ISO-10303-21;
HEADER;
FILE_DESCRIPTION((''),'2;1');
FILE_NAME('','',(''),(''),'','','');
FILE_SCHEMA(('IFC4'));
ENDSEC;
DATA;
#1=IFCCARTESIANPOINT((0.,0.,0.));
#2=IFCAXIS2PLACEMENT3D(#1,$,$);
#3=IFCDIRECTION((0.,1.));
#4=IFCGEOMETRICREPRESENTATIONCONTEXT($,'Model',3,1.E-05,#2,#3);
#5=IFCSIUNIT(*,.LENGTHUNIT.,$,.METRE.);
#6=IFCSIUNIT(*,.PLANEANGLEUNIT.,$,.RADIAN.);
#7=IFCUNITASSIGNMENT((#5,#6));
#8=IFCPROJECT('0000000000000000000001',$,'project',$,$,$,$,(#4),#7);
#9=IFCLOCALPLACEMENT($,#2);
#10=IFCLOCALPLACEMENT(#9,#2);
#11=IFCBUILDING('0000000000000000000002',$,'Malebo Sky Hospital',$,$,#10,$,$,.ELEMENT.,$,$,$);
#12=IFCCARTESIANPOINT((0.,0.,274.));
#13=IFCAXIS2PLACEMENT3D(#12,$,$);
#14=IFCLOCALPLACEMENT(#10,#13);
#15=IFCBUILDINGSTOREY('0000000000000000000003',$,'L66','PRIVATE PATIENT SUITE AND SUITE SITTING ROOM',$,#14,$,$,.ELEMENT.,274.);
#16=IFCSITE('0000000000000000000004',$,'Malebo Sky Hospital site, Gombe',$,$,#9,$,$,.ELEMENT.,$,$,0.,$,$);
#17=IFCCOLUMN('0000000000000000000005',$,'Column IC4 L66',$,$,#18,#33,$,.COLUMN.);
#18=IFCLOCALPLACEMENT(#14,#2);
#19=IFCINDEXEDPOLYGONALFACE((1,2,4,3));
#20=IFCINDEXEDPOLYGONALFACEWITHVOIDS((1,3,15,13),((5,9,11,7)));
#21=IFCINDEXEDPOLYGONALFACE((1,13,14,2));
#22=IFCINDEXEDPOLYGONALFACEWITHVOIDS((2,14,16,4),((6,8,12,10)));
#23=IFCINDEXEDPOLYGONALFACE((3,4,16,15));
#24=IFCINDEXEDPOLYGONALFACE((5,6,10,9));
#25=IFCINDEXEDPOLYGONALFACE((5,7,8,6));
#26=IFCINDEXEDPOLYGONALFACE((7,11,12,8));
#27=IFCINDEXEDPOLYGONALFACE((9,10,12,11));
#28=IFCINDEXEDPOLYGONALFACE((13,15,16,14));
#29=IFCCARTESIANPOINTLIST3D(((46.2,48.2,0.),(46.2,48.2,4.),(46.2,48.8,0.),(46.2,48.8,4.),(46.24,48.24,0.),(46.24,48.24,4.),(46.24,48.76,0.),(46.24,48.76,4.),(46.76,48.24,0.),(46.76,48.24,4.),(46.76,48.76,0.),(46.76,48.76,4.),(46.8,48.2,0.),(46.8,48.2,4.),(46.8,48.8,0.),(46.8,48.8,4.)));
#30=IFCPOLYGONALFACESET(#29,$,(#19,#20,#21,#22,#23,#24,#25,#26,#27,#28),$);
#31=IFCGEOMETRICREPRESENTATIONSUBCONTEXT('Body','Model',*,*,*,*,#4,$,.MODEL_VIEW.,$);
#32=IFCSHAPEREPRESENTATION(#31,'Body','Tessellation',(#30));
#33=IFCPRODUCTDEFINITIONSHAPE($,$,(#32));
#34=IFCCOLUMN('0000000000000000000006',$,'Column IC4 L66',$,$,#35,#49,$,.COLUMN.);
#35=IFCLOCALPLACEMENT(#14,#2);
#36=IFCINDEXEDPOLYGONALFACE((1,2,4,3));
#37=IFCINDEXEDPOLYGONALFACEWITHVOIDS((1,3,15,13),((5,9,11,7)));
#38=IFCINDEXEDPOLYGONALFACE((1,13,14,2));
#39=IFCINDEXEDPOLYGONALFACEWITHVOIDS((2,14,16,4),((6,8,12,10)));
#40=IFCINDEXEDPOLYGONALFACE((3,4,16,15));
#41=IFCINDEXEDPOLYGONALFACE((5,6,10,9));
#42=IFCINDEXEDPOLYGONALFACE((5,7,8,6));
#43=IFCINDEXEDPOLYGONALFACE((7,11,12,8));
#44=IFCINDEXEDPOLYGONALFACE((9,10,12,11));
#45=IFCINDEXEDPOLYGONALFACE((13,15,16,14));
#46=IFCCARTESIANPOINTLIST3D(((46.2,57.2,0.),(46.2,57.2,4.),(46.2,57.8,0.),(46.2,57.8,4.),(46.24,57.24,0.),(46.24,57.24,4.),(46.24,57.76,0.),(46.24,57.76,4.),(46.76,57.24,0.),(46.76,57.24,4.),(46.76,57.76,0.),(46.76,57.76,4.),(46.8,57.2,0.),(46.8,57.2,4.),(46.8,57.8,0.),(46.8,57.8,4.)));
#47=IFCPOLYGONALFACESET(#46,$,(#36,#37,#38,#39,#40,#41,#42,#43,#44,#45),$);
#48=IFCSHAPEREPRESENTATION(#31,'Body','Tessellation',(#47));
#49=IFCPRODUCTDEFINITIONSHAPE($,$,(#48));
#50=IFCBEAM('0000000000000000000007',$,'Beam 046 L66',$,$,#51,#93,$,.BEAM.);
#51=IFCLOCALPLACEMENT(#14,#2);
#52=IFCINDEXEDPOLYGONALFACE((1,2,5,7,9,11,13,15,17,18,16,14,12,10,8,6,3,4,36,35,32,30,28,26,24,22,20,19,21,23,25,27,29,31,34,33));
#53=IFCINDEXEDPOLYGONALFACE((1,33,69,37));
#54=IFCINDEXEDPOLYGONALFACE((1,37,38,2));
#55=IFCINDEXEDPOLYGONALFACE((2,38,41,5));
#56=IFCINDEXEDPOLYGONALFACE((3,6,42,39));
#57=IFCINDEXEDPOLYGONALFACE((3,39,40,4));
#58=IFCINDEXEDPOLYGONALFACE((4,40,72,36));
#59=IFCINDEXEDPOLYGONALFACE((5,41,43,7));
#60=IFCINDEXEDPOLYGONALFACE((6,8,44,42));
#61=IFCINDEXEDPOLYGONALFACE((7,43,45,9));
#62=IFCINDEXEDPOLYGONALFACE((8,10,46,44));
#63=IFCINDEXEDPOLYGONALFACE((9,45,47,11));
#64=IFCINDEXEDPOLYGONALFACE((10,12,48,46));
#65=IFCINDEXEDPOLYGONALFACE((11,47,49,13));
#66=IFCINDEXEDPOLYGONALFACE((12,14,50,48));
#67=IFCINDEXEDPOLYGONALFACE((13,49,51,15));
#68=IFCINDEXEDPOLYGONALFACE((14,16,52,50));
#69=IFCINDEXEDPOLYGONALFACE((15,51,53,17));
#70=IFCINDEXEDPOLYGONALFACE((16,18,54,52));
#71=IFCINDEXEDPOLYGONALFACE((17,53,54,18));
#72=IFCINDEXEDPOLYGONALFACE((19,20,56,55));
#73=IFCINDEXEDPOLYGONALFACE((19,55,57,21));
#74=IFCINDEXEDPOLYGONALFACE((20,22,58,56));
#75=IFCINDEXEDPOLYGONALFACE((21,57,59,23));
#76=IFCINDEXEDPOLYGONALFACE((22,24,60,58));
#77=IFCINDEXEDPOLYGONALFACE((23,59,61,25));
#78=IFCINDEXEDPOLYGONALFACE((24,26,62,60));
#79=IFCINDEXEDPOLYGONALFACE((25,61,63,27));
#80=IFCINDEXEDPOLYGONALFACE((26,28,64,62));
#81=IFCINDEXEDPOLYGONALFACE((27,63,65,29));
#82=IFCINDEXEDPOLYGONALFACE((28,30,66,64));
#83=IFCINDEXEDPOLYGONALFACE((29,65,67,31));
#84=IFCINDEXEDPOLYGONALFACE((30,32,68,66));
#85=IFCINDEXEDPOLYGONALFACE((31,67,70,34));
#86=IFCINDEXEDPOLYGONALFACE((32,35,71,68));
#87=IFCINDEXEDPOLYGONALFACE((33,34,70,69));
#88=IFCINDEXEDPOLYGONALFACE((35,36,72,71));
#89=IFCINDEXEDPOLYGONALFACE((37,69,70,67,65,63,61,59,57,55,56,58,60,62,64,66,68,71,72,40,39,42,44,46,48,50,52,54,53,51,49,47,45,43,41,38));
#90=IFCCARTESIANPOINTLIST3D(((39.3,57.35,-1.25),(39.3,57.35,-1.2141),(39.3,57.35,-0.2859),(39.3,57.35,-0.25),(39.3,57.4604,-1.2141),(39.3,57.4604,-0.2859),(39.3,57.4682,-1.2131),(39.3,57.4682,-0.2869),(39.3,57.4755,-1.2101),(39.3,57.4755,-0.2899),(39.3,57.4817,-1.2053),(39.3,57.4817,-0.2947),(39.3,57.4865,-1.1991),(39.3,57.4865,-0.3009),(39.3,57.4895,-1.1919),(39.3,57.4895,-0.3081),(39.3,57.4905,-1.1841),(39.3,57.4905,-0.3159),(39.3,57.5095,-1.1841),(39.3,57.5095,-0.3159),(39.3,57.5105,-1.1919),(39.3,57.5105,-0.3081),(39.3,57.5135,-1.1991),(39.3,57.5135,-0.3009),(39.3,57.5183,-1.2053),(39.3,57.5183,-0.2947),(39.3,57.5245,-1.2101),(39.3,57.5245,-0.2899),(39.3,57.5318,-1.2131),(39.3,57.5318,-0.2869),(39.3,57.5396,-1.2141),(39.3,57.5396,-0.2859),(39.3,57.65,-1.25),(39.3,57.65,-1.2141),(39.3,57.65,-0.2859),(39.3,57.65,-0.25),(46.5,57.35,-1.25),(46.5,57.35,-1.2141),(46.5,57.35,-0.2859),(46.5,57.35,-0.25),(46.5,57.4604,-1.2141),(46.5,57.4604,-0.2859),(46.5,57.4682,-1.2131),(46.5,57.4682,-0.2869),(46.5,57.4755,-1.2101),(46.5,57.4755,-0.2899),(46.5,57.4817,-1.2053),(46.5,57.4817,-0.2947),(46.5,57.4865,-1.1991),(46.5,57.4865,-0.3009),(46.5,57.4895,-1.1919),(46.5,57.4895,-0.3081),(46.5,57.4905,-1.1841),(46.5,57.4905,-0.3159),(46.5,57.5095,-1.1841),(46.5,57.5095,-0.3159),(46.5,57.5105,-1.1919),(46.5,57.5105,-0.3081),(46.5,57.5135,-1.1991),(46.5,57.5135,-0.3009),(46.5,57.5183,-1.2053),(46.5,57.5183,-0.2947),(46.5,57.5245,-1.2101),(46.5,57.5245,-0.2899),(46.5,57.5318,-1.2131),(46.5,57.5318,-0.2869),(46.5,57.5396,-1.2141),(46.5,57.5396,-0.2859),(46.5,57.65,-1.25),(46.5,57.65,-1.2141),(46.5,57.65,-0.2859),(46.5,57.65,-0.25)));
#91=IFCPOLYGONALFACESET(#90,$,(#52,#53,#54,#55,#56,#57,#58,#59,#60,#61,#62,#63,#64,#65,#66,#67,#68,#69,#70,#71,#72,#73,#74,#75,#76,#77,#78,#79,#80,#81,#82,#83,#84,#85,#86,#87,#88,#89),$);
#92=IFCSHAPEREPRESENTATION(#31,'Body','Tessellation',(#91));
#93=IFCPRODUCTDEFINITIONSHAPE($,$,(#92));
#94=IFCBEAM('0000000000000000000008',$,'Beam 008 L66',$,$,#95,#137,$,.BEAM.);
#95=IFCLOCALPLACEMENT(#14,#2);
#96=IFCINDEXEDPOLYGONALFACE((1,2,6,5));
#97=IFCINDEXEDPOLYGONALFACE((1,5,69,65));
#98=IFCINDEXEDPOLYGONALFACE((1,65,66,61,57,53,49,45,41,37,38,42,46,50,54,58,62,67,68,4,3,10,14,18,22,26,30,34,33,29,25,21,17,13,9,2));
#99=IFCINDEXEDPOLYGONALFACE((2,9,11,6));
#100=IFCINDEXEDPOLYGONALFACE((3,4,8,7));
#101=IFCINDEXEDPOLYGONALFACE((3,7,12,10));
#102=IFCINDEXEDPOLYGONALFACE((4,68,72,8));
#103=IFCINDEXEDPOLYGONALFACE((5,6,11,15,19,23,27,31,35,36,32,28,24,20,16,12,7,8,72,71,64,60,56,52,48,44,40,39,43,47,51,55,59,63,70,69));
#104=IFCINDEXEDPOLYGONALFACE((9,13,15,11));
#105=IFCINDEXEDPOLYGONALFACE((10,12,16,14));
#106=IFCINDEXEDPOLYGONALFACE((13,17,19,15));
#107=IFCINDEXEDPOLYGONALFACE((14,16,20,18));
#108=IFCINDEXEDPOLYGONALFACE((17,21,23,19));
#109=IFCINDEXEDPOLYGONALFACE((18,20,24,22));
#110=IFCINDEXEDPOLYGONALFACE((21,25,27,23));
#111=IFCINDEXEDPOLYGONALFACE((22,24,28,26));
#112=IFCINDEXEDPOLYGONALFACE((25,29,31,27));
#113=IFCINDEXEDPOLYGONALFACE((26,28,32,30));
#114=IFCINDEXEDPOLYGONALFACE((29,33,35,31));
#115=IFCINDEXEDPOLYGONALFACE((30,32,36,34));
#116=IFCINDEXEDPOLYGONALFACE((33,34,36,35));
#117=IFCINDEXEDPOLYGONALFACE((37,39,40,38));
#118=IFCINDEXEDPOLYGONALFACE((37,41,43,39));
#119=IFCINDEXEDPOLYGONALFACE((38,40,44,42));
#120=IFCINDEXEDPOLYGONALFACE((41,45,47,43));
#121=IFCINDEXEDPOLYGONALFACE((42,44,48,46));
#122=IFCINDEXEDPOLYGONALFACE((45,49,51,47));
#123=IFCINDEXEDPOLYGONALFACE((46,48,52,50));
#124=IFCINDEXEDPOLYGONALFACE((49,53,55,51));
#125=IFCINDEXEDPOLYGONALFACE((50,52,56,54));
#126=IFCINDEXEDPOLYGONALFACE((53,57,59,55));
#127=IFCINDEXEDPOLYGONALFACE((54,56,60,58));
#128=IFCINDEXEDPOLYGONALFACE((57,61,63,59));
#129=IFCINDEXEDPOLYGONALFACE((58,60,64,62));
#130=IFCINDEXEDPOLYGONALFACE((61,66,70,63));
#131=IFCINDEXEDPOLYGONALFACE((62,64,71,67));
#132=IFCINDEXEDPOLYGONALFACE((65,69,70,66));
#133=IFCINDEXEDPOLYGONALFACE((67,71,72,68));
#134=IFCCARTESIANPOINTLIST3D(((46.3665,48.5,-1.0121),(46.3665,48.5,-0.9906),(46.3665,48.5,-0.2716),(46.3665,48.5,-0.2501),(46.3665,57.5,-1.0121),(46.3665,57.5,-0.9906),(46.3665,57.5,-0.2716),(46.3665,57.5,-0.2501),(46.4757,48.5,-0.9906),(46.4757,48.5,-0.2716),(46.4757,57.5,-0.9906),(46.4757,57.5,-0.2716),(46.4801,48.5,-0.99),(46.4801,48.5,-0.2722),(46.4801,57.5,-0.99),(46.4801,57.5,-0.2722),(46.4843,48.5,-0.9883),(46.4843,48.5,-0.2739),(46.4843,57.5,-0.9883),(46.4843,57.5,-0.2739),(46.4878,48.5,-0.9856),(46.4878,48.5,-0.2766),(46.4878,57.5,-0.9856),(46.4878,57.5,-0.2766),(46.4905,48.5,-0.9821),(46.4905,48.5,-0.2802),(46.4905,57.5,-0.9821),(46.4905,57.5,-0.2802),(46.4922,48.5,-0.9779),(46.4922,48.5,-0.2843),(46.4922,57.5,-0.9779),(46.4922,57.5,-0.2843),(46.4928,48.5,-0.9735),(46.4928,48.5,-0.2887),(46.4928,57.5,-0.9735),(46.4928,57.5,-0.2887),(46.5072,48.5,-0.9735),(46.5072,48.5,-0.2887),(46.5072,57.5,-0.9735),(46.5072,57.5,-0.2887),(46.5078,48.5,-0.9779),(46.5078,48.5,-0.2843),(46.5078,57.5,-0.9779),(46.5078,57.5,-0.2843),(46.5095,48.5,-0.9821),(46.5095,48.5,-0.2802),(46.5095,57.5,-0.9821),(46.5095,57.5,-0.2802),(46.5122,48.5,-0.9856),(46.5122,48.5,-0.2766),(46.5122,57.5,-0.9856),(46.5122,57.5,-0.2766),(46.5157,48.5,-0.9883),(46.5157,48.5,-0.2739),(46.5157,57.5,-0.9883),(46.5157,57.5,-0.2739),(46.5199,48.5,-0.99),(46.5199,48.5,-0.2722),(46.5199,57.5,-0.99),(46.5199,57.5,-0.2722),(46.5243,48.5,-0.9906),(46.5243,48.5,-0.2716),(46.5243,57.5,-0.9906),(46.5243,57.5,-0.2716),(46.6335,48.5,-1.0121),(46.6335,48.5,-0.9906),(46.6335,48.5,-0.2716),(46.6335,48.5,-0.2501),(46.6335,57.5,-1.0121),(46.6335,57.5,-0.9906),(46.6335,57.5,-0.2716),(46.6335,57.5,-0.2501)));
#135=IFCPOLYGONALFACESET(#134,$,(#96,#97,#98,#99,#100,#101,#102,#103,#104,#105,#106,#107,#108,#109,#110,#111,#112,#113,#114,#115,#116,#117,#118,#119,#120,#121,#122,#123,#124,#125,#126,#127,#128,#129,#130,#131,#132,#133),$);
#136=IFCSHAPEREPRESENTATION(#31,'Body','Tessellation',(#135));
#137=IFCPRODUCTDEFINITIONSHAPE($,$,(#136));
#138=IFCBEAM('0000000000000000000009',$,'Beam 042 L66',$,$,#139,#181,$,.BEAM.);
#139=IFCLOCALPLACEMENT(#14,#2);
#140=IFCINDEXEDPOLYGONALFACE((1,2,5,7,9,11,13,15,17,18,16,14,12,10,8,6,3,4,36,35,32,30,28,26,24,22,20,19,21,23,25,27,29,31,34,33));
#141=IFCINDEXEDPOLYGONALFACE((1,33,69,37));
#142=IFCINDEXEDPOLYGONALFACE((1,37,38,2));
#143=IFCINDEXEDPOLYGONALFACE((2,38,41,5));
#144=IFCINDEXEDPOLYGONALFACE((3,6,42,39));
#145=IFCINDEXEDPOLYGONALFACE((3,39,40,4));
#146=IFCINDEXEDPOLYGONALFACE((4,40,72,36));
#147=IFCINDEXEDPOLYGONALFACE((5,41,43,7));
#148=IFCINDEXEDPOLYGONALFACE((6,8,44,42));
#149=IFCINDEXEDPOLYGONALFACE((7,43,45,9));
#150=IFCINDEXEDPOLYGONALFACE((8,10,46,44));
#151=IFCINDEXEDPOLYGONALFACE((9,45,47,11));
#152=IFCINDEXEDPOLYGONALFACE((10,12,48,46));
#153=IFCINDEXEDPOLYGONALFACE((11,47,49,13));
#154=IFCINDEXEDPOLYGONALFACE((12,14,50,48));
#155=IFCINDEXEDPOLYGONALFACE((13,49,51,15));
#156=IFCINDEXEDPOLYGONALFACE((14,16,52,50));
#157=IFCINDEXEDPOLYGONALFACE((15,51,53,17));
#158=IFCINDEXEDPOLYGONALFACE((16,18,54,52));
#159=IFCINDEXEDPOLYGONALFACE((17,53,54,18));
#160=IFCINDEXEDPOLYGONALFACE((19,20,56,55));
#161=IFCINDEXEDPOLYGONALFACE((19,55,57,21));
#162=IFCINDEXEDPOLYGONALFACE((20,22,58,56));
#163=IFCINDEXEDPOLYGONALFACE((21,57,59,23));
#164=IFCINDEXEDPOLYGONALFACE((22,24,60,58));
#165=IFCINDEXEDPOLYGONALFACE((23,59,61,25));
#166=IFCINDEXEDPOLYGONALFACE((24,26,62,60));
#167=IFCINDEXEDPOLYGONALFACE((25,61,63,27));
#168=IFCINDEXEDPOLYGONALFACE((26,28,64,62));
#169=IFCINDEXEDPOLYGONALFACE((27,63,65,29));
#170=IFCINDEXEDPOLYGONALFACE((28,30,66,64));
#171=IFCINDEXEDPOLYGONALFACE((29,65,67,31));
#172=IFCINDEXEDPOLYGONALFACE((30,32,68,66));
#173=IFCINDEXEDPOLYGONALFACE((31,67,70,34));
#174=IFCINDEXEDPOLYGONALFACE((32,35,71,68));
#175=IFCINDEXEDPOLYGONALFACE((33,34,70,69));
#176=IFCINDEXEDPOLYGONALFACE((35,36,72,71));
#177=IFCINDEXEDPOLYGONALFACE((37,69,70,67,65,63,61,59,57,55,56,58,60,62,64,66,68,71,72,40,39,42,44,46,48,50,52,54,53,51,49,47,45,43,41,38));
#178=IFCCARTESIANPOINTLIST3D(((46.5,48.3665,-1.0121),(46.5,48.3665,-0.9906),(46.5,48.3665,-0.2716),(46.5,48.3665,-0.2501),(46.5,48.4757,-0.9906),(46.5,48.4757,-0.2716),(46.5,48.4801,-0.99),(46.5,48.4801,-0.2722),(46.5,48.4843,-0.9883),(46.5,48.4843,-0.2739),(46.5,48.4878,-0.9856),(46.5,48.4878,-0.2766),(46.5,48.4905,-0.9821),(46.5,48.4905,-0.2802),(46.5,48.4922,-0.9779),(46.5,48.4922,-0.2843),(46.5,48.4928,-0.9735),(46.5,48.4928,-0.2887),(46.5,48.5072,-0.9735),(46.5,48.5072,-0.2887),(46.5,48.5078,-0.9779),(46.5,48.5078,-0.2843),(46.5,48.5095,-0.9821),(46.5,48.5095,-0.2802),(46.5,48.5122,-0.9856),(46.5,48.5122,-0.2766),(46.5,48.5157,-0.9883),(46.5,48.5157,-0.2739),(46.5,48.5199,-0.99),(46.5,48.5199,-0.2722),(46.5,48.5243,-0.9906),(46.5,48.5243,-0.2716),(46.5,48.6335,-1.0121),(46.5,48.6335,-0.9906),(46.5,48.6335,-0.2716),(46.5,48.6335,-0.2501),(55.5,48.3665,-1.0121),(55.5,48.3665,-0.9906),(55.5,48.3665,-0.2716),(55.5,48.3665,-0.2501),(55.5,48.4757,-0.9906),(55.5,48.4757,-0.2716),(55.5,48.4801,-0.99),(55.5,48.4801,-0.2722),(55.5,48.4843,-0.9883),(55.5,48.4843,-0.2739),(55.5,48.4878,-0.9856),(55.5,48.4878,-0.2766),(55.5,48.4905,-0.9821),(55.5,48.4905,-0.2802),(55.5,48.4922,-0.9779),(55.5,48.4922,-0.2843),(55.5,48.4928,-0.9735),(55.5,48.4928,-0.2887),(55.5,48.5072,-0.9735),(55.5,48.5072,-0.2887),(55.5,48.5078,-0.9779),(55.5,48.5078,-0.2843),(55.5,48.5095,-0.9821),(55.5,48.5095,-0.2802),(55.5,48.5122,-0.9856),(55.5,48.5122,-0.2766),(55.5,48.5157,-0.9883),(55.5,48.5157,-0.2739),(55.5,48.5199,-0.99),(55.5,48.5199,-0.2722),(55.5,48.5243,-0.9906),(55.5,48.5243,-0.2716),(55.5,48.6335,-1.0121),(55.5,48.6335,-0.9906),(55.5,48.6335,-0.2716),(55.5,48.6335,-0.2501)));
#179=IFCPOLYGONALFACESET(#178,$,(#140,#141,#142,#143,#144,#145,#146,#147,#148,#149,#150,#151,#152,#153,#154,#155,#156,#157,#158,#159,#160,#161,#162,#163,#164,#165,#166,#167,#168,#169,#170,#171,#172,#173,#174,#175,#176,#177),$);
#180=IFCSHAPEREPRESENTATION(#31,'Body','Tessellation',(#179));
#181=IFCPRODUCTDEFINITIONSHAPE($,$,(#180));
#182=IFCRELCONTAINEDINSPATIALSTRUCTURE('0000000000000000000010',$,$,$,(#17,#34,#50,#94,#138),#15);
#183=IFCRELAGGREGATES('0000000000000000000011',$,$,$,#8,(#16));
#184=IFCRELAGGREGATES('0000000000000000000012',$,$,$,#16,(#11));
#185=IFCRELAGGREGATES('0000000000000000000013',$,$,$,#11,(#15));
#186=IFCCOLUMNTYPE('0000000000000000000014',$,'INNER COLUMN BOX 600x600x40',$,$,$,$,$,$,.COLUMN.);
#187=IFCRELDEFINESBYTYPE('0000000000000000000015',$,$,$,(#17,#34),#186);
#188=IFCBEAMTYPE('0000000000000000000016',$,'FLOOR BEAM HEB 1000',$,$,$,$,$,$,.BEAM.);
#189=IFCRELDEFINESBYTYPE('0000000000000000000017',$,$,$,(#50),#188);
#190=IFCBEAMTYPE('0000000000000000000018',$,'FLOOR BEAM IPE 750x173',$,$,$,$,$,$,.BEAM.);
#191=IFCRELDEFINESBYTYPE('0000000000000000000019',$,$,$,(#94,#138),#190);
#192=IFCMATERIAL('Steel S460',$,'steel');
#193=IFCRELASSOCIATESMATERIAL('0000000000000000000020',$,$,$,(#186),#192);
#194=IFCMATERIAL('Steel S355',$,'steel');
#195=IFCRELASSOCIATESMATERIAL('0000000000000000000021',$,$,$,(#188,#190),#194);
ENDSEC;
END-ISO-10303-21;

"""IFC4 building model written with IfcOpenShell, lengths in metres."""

from ifc_helpers import new_model, si_unit, direction, frame, origin, origin_2d, place, context, subcontext, project, spatial, hollow_rectangle, i_section, extrude, material, material_profile, profile_set, type_object, element, save


model = new_model("IFC4")

# Units and contexts
model_context = context("Model", 3, precision=1e-05, world=origin(), true_north=direction((0.0, 1.0)))
body_context = subcontext(model_context, "Body", "Model", "MODEL_VIEW")
ifc_project = project(units=[si_unit("LENGTHUNIT", "METRE"), si_unit("PLANEANGLEUNIT", "RADIAN")], contexts=[model_context])

# Site, building, storey
site_placement = place(None, origin())
site = spatial("IfcSite", under=ifc_project, at=site_placement, Name="Malebo Sky Hospital site, Gombe", CompositionType="ELEMENT", RefElevation=0.0)
building_placement = place(site_placement, origin())
building = spatial("IfcBuilding", under=site, at=building_placement, Name="Malebo Sky Hospital", CompositionType="ELEMENT")
storey_placement = place(building_placement, frame((0.0, 0.0, 274.0)))
storey = spatial("IfcBuildingStorey", under=building, at=storey_placement, Name="L66", Description="PRIVATE PATIENT SUITE AND SUITE SITTING ROOM", CompositionType="ELEMENT", Elevation=274.0)

# Columns
ifc_material_1 = material(Name="Steel S460", Category="steel")
ifc_material_profile_1 = material_profile(ifc_material_1, hollow_rectangle(XDim=0.6001, YDim=0.6001, WallThickness=0.04, at=origin_2d()), Name="BOX 600x600x40")
ifc_profile_set_1 = profile_set([ifc_material_profile_1], Name="Steel S460")
column_type = type_object("IfcColumnType", Name="INNER COLUMN BOX 600x600x40", PredefinedType="COLUMN", material=ifc_profile_set_1)
for number, where, z_axis, x_axis, name in (
    (1, (46.5, 48.5, 0.0), (0.0, 0.0, 1.0), (1.0, 0.0, 0.0), "Column IC4 L66"),
    (2, (46.5, 57.5, 0.0), (0.0, 0.0, 1.0), (1.0, 0.0, 0.0), "Column IC4 L66"),
):
    element("IfcColumn", number, at=place(storey_placement, frame(where, z_axis=z_axis, x_axis=x_axis)), inside=storey, type_object=column_type, Name=name, PredefinedType="COLUMN", context=body_context, shape_type="SweptSolid", body=[
        extrude(hollow_rectangle(XDim=0.6001, YDim=0.6001, WallThickness=0.04, at=origin_2d()), origin(), (0.0, 0.0, 1.0), 4.0),
    ])

# Beams
ifc_material_2 = material(Name="Steel S355", Category="steel")
ifc_material_profile_2 = material_profile(ifc_material_2, i_section(OverallWidth=0.3, OverallDepth=1.0, WebThickness=0.019, FlangeThickness=0.0359, FilletRadius=0.03, at=origin_2d()), Name="HEB 1000")
ifc_profile_set_2 = profile_set([ifc_material_profile_2], Name="Steel S355")
beam_type_1 = type_object("IfcBeamType", Name="FLOOR BEAM HEB 1000", PredefinedType="BEAM", material=ifc_profile_set_2)
beam_1_placement = place(storey_placement, frame((39.3, 57.5, -0.75), z_axis=(1.0, 0.0, 0.0), x_axis=(0.0, 1.0, 0.0)))
element("IfcBeam", 3, at=beam_1_placement, inside=storey, type_object=beam_type_1, Name="Beam 046 L66", PredefinedType="BEAM", context=body_context, shape_type="SweptSolid", body=[
    extrude(i_section(OverallWidth=0.3, OverallDepth=1.0, WebThickness=0.019, FlangeThickness=0.0359, FilletRadius=0.03, at=origin_2d()), origin(), (0.0, 0.0, 1.0), 7.2),
])
ifc_material_profile_3 = material_profile(ifc_material_2, i_section(OverallWidth=0.2671, OverallDepth=0.762, WebThickness=0.0144, FlangeThickness=0.0215, FilletRadius=0.0171, at=origin_2d()), Name="IPE 750x173")
ifc_profile_set_3 = profile_set([ifc_material_profile_3], Name="Steel S355")
beam_type_2 = type_object("IfcBeamType", Name="FLOOR BEAM IPE 750x173", PredefinedType="BEAM", material=ifc_profile_set_3)
for number, where, z_axis, x_axis, name in (
    (4, (46.5, 48.5, -0.6311), (0.0, 1.0, 0.0), (-1.0, 0.0, 0.0), "Beam 008 L66"),
    (5, (46.5, 48.5, -0.6311), (1.0, 0.0, 0.0), (0.0, 1.0, 0.0), "Beam 042 L66"),
):
    element("IfcBeam", number, at=place(storey_placement, frame(where, z_axis=z_axis, x_axis=x_axis)), inside=storey, type_object=beam_type_2, Name=name, PredefinedType="BEAM", context=body_context, shape_type="SweptSolid", body=[
        extrude(i_section(OverallWidth=0.2671, OverallDepth=0.762, WebThickness=0.0144, FlangeThickness=0.0215, FilletRadius=0.0171, at=origin_2d()), origin(), (0.0, 0.0, 1.0), 9.0),
    ])

save(model, "model.ifc")
